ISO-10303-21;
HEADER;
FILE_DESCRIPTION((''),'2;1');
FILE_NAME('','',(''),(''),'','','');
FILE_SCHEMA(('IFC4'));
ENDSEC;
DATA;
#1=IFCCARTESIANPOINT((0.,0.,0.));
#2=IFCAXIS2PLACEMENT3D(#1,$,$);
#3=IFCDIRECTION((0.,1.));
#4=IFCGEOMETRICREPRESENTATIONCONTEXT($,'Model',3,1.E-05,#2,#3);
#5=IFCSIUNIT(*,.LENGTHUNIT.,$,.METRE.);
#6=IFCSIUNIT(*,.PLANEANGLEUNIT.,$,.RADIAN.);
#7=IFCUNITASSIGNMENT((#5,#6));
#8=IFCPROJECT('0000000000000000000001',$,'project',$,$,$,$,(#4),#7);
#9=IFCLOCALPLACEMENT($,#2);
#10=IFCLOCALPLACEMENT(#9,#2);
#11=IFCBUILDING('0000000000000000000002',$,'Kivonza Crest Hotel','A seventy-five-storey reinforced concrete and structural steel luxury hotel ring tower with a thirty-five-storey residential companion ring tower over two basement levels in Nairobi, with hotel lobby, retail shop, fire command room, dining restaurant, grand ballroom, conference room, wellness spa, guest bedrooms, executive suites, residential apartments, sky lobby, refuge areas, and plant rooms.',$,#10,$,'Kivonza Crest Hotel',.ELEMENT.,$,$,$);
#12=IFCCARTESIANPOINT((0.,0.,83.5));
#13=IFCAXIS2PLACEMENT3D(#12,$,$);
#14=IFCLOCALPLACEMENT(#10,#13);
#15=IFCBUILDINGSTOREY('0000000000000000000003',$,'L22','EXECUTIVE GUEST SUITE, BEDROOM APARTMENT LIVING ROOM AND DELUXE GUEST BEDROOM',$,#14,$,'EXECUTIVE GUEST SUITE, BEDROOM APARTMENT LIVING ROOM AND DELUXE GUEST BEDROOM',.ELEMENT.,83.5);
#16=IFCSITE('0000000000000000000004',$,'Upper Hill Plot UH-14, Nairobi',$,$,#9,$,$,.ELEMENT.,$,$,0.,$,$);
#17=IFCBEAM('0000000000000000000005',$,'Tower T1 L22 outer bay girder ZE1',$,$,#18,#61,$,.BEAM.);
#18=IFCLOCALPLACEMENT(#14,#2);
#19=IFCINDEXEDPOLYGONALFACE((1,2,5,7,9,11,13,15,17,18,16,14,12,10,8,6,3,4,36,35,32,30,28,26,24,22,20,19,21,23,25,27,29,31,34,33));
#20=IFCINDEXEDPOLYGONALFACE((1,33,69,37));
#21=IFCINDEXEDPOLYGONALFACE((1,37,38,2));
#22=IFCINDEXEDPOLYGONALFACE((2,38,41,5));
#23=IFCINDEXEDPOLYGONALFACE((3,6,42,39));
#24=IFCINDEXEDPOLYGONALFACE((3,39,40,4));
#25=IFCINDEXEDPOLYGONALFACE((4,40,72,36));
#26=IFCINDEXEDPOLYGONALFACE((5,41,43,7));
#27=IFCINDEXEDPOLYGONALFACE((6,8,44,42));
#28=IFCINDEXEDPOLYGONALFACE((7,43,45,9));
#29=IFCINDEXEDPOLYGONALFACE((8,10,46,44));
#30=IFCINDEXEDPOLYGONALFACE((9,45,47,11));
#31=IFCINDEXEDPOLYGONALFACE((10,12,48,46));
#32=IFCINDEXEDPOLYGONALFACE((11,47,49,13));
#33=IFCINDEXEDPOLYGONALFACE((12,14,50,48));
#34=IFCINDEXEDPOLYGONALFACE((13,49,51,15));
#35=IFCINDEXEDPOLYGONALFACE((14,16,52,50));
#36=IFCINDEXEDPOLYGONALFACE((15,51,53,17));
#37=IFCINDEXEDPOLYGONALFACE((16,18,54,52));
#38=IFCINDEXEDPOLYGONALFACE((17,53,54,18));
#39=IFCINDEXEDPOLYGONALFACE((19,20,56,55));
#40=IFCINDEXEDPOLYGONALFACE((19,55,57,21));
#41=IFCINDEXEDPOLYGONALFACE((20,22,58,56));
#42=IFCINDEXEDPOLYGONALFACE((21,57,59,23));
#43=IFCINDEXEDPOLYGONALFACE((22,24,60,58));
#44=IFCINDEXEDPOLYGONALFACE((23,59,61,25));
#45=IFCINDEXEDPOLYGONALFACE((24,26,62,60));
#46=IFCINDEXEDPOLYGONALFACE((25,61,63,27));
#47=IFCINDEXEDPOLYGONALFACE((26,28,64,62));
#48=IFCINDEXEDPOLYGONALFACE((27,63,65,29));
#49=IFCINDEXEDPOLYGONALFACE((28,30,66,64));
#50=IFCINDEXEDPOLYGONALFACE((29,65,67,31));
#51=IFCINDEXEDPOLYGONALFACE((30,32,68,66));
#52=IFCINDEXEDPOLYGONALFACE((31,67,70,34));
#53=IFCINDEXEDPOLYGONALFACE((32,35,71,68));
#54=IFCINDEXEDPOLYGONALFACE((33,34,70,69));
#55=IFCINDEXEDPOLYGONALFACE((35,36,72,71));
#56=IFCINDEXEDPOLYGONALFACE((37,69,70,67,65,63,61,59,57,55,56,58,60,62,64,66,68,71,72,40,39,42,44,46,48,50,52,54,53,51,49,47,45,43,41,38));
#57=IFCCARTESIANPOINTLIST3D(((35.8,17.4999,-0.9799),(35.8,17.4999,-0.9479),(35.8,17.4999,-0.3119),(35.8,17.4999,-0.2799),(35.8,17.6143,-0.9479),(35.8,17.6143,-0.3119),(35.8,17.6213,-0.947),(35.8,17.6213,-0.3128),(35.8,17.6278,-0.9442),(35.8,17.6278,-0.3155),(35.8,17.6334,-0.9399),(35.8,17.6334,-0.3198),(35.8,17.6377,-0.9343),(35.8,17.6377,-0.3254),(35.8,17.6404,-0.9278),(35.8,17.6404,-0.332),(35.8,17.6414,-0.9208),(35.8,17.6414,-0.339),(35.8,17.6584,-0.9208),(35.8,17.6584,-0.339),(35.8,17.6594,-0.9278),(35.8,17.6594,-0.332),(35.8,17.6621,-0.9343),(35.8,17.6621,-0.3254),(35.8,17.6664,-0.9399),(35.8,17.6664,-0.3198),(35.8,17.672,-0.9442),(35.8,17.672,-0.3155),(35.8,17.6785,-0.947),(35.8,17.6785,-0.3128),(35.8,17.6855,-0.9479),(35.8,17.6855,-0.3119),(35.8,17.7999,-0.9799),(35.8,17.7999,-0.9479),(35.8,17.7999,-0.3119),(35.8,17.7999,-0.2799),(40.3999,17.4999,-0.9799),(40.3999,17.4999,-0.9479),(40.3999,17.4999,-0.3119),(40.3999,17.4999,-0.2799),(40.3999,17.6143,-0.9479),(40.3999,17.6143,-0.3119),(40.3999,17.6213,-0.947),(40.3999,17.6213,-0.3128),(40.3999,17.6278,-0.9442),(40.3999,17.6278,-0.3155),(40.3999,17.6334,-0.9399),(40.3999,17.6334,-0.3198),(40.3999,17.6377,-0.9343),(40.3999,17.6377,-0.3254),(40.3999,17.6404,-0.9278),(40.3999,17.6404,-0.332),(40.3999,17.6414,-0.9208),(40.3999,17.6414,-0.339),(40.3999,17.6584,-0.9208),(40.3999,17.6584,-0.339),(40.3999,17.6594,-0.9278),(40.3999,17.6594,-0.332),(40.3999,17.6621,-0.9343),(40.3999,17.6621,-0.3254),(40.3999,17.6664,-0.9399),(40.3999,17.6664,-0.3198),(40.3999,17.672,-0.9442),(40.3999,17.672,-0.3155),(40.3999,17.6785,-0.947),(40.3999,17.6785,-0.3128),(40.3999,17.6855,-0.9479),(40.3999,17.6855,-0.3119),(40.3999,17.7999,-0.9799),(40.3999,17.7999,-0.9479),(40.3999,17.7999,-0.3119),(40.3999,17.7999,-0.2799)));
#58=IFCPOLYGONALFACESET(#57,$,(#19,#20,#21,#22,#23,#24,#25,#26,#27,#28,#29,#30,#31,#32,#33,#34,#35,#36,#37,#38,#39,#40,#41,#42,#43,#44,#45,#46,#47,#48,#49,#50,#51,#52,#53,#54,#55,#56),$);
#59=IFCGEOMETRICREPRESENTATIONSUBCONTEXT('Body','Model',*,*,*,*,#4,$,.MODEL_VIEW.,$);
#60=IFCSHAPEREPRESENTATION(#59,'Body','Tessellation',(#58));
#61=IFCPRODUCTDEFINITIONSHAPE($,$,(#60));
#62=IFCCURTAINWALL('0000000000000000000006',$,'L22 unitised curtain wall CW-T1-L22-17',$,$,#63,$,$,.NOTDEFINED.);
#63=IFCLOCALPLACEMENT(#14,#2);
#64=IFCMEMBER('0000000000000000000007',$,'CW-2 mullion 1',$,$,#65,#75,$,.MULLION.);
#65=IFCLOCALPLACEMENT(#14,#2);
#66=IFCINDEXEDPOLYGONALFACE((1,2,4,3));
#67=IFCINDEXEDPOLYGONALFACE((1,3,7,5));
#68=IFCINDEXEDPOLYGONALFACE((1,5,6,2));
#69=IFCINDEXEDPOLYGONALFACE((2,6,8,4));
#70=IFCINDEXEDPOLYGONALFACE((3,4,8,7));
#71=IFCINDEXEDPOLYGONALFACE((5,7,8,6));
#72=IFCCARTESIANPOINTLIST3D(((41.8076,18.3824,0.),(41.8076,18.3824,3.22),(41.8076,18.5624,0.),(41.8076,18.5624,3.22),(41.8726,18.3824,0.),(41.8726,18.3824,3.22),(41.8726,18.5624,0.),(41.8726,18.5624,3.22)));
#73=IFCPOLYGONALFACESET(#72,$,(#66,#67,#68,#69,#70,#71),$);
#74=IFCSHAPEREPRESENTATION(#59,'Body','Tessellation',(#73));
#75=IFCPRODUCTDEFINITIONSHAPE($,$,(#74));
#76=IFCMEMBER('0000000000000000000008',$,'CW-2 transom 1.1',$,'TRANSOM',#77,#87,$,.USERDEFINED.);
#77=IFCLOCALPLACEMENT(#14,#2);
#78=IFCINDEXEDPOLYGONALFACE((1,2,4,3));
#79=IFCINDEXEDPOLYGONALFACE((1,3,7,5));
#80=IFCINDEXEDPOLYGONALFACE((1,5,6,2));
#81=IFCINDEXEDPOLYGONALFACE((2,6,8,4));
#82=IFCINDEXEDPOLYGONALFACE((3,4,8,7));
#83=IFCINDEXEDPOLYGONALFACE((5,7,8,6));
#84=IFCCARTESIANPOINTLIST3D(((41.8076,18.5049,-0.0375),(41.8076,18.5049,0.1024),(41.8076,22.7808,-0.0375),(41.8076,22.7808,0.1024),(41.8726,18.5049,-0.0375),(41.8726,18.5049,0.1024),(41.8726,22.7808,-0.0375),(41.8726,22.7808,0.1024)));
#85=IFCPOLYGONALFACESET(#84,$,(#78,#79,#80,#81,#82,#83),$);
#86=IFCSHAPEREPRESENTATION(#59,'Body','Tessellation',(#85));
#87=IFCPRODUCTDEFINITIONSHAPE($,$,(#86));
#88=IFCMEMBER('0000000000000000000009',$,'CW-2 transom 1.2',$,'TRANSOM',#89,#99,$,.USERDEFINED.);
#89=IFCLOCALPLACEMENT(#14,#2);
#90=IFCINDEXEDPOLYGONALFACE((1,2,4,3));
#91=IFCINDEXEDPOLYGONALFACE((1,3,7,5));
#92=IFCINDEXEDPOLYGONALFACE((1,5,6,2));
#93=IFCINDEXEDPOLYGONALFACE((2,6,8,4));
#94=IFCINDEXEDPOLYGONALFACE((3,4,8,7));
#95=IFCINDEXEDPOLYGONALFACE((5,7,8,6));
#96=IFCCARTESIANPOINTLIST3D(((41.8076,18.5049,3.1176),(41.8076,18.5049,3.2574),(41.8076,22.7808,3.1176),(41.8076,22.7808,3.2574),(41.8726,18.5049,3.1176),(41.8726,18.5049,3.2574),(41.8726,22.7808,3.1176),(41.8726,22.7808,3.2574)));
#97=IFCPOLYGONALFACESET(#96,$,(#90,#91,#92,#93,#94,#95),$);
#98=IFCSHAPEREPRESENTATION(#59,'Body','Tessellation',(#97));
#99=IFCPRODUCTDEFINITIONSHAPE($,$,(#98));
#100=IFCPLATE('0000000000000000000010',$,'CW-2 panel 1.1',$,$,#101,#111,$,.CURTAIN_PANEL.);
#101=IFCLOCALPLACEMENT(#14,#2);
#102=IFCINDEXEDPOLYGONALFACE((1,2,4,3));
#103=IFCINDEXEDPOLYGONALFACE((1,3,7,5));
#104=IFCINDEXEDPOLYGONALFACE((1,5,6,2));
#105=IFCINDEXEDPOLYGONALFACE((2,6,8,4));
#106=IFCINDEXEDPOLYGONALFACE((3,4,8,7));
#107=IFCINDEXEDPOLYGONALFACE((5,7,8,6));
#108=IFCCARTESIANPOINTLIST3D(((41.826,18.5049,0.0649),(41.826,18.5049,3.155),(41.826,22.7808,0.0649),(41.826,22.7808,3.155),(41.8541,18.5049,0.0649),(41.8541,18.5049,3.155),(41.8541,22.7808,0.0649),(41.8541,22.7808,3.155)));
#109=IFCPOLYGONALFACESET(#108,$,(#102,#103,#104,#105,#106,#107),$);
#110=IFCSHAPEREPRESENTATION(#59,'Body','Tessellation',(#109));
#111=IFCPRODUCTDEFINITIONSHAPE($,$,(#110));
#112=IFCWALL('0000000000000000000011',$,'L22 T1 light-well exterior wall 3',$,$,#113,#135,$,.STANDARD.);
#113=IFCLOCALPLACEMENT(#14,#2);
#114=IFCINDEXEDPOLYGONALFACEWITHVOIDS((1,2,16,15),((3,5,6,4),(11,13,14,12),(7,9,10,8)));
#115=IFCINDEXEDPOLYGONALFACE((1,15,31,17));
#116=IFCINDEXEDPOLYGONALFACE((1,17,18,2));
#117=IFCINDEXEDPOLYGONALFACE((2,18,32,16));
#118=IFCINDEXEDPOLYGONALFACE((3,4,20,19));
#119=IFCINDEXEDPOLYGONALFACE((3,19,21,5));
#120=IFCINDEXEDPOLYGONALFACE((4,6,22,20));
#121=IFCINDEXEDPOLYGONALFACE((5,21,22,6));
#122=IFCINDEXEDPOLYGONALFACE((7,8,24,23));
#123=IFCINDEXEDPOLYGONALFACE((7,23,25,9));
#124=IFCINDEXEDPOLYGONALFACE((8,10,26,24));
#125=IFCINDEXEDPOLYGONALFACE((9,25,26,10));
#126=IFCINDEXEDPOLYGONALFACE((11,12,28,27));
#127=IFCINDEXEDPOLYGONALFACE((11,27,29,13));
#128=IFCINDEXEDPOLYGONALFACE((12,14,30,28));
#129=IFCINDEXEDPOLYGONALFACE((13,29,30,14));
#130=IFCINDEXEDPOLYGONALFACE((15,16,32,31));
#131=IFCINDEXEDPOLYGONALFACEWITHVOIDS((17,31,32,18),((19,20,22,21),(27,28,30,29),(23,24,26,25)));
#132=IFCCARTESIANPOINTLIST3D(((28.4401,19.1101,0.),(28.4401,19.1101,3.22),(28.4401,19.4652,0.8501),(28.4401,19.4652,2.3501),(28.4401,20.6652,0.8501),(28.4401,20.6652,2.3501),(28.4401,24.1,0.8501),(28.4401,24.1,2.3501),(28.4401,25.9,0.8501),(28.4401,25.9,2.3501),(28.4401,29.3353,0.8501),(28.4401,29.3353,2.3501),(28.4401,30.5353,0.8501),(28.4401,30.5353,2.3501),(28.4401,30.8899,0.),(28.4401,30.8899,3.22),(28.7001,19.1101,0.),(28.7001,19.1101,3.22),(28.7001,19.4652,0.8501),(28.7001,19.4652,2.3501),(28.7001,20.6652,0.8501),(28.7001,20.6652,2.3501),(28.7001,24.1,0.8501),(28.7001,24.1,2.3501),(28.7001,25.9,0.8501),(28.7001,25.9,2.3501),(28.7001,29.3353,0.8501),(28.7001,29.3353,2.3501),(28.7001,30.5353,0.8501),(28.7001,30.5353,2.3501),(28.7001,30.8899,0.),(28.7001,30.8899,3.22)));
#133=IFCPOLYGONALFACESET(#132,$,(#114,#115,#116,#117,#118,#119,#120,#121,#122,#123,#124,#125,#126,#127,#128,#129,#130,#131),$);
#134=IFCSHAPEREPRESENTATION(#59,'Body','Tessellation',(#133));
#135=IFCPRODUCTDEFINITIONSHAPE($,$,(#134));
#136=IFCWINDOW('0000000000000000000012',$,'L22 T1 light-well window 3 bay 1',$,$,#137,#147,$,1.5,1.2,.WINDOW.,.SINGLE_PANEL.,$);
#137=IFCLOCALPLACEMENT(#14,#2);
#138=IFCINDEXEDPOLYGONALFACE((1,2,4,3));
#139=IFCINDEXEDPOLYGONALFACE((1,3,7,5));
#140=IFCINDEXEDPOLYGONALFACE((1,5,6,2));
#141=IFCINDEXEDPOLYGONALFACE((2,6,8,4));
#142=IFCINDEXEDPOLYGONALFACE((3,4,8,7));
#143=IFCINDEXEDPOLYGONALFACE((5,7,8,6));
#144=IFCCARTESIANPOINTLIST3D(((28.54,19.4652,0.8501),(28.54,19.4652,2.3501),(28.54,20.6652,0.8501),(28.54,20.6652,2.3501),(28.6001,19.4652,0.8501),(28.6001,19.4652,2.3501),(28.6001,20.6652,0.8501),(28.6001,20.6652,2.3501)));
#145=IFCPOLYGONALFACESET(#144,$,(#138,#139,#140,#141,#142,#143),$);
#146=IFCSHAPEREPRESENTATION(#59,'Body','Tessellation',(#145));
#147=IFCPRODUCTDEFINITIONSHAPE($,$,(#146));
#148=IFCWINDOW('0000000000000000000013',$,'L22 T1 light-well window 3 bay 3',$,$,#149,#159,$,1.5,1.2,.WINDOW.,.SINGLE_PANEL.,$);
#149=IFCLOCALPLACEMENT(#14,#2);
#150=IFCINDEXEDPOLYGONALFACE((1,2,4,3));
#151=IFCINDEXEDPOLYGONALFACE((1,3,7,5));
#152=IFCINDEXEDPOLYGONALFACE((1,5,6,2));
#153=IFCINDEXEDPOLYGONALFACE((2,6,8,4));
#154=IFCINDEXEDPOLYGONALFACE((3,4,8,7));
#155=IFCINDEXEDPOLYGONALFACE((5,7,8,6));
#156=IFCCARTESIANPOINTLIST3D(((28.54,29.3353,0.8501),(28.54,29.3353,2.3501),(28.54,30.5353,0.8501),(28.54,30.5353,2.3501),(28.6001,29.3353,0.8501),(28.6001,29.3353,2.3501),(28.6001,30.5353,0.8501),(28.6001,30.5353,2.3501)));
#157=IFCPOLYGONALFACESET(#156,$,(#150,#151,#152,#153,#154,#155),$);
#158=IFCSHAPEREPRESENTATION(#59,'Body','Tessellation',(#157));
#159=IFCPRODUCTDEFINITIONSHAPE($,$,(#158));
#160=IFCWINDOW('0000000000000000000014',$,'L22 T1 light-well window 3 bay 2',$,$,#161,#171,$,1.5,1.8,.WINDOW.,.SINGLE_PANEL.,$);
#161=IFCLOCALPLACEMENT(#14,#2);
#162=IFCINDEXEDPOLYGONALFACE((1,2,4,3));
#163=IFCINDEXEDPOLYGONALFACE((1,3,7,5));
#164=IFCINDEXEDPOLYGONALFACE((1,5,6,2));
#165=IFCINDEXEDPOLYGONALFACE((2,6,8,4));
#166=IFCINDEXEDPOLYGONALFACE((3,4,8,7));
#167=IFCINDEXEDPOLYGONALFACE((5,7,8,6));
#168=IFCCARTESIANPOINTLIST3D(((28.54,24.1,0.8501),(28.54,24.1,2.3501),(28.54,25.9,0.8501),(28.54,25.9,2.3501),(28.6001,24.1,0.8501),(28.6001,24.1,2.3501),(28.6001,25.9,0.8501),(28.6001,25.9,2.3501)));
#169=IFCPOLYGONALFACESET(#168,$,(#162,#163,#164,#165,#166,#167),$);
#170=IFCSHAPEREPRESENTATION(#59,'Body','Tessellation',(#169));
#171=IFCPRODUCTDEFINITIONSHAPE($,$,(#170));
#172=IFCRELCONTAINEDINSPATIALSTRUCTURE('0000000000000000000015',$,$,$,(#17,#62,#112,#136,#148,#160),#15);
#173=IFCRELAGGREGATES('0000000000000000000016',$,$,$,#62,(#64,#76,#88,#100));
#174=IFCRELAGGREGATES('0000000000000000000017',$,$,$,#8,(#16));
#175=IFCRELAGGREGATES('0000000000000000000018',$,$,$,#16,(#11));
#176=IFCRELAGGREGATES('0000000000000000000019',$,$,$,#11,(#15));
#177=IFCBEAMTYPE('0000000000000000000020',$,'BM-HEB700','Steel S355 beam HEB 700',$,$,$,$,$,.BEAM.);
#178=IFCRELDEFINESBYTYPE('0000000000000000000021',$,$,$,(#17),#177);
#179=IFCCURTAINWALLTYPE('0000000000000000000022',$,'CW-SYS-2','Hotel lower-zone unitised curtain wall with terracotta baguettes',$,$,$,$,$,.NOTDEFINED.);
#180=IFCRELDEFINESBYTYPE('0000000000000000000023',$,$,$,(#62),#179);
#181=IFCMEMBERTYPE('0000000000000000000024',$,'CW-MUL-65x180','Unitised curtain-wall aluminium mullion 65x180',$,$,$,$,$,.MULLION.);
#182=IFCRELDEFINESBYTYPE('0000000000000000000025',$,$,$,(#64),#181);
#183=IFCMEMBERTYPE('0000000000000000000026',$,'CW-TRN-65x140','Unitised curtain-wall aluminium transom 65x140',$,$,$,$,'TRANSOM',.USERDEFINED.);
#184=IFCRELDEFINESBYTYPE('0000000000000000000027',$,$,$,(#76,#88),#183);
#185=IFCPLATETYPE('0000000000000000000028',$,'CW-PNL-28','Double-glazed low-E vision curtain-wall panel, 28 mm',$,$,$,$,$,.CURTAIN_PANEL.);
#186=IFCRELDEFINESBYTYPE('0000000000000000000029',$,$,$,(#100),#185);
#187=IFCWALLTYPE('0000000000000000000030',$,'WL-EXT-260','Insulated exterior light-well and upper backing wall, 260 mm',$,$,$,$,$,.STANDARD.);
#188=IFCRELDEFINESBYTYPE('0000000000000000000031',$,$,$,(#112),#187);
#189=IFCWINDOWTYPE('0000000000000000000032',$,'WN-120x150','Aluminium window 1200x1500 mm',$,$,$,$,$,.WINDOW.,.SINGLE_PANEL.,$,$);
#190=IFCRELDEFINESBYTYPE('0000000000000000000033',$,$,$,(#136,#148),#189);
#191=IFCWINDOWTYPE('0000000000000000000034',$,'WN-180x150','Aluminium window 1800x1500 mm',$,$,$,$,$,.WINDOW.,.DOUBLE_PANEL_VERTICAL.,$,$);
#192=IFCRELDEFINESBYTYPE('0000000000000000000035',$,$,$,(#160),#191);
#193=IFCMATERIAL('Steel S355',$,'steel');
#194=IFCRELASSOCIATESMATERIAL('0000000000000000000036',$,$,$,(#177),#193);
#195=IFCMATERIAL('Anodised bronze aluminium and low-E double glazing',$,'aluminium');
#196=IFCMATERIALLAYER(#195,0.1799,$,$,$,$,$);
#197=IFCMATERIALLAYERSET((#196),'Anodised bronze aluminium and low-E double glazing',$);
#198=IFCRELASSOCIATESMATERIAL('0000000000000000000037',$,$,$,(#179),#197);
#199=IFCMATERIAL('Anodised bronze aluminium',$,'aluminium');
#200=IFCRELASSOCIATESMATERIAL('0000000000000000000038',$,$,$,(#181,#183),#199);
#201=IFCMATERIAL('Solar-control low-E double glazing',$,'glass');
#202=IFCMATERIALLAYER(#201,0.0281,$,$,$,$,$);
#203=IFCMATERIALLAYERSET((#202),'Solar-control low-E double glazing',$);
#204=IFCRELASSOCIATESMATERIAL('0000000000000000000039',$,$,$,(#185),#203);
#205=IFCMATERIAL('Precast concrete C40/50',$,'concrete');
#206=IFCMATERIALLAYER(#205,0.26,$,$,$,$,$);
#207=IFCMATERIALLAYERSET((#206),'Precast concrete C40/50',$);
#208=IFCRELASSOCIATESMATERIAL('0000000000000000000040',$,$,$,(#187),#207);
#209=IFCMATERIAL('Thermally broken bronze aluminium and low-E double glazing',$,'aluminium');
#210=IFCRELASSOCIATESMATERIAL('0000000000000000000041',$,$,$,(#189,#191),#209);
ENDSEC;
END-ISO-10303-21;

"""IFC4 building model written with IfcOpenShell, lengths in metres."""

from ifc_helpers import new_model, si_unit, direction, frame, frame_2d, origin, origin_2d, place, context, subcontext, project, spatial, rectangle, i_section, extrude, material, layer, layer_set, material_profile, profile_set, type_object, element, fill, aggregate, save


model = new_model("IFC4")

# Units and contexts
model_context = context("Model", 3, precision=1e-05, world=origin(), true_north=direction((0.0, 1.0)))
body_context = subcontext(model_context, "Body", "Model", "MODEL_VIEW")
ifc_project = project(units=[si_unit("LENGTHUNIT", "METRE"), si_unit("PLANEANGLEUNIT", "RADIAN")], contexts=[model_context])

# Site, building, storey
site_placement = place(None, origin())
site = spatial("IfcSite", under=ifc_project, at=site_placement, Name="Upper Hill Plot UH-14, Nairobi", CompositionType="ELEMENT", RefElevation=0.0)
building_placement = place(site_placement, origin())
building = spatial("IfcBuilding", under=site, at=building_placement, Name="Kivonza Crest Hotel", Description="A seventy-five-storey reinforced concrete and structural steel luxury hotel ring tower with a thirty-five-storey residential companion ring tower over two basement levels in Nairobi, with hotel lobby, retail shop, fire command room, dining restaurant, grand ballroom, conference room, wellness spa, guest bedrooms, executive suites, residential apartments, sky lobby, refuge areas, and plant rooms.", LongName="Kivonza Crest Hotel", CompositionType="ELEMENT")
storey_placement = place(building_placement, frame((0.0, 0.0, 83.5)))
storey = spatial("IfcBuildingStorey", under=building, at=storey_placement, Name="L22", Description="EXECUTIVE GUEST SUITE, BEDROOM APARTMENT LIVING ROOM AND DELUXE GUEST BEDROOM", LongName="EXECUTIVE GUEST SUITE, BEDROOM APARTMENT LIVING ROOM AND DELUXE GUEST BEDROOM", CompositionType="ELEMENT", Elevation=83.5)

# Beam
ifc_material_1 = material(Name="Steel S355", Category="steel")
ifc_material_profile_1 = material_profile(ifc_material_1, i_section(OverallWidth=0.3, OverallDepth=0.7, WebThickness=0.0171, FlangeThickness=0.032, FilletRadius=0.0271, at=origin_2d()), Name="HEB 700")
ifc_profile_set_1 = profile_set([ifc_material_profile_1], Name="Steel S355")
beam_type_1 = type_object("IfcBeamType", Name="BM-HEB700", Description="Steel S355 beam HEB 700", PredefinedType="BEAM", material=ifc_profile_set_1)
beam_1_placement = place(storey_placement, frame((40.3999, 17.6499, -0.6299), z_axis=(-1.0, 0.0, 0.0), x_axis=(0.0, -1.0, 0.0)))
element("IfcBeam", 1, at=beam_1_placement, inside=storey, type_object=beam_type_1, Name="Tower T1 L22 outer bay girder ZE1", PredefinedType="BEAM", context=body_context, shape_type="SweptSolid", body=[
    extrude(i_section(OverallWidth=0.3, OverallDepth=0.7, WebThickness=0.0171, FlangeThickness=0.032, FilletRadius=0.0271, at=origin_2d()), origin(), (0.0, 0.0, 1.0), 4.5999),
])

# Curtain wall, members, plate
ifc_material_2 = material(Name="Anodised bronze aluminium and low-E double glazing", Category="aluminium")
ifc_layer_1 = layer(ifc_material_2, 0.1799)
ifc_layer_set_1 = layer_set([ifc_layer_1], Name="Anodised bronze aluminium and low-E double glazing")
curtain_wall_type = type_object("IfcCurtainWallType", Name="CW-SYS-2", Description="Hotel lower-zone unitised curtain wall with terracotta baguettes", PredefinedType="NOTDEFINED", material=ifc_layer_set_1)
curtain_wall_placement = place(storey_placement, origin())
curtain_wall = element("IfcCurtainWall", 2, at=curtain_wall_placement, inside=storey, type_object=curtain_wall_type, Name="L22 unitised curtain wall CW-T1-L22-17", PredefinedType="NOTDEFINED")
ifc_material_3 = material(Name="Anodised bronze aluminium", Category="aluminium")
ifc_material_profile_2 = material_profile(ifc_material_3, rectangle(XDim=0.0649, YDim=0.1799, at=origin_2d()), Name="CW-M 65x180")
ifc_profile_set_2 = profile_set([ifc_material_profile_2], Name="Anodised bronze aluminium")
member_type_1 = type_object("IfcMemberType", Name="CW-MUL-65x180", Description="Unitised curtain-wall aluminium mullion 65x180", PredefinedType="MULLION", material=ifc_profile_set_2)
member_1_placement = place(storey_placement, frame((41.8401, 18.4724, 0.0), z_axis=(0.0, 0.0, 1.0), x_axis=(-1.0, 0.0, 0.0)))
member_1 = element("IfcMember", 3, at=member_1_placement, type_object=member_type_1, Name="CW-2 mullion 1", PredefinedType="MULLION", context=body_context, shape_type="SweptSolid", body=[
    extrude(rectangle(XDim=0.0649, YDim=0.1799, at=origin_2d()), origin(), (0.0, 0.0, 1.0), 3.22),
])
ifc_material_profile_3 = material_profile(ifc_material_3, rectangle(XDim=0.0649, YDim=0.1399, at=origin_2d()), Name="CW-T 65x140")
ifc_profile_set_3 = profile_set([ifc_material_profile_3], Name="Anodised bronze aluminium")
member_type_2 = type_object("IfcMemberType", Name="CW-TRN-65x140", Description="Unitised curtain-wall aluminium transom 65x140", ElementType="TRANSOM", PredefinedType="USERDEFINED", material=ifc_profile_set_3)
member_2_placement = place(storey_placement, frame((41.8401, 18.5049, 0.0325), z_axis=(0.0, 1.0, 0.0), x_axis=(-1.0, 0.0, 0.0)))
member_2 = element("IfcMember", 4, at=member_2_placement, type_object=member_type_2, Name="CW-2 transom 1.1", ObjectType="TRANSOM", PredefinedType="USERDEFINED", context=body_context, shape_type="SweptSolid", body=[
    extrude(rectangle(XDim=0.0649, YDim=0.1399, at=origin_2d()), origin(), (0.0, 0.0, 1.0), 4.2759),
])
member_3_placement = place(storey_placement, frame((41.8401, 18.5049, 3.1875), z_axis=(0.0, 1.0, 0.0), x_axis=(-1.0, 0.0, 0.0)))
member_3 = element("IfcMember", 5, at=member_3_placement, type_object=member_type_2, Name="CW-2 transom 1.2", ObjectType="TRANSOM", PredefinedType="USERDEFINED", context=body_context, shape_type="SweptSolid", body=[
    extrude(rectangle(XDim=0.0649, YDim=0.1399, at=origin_2d()), origin(), (0.0, 0.0, 1.0), 4.2759),
])
ifc_material_4 = material(Name="Solar-control low-E double glazing", Category="glass")
ifc_layer_2 = layer(ifc_material_4, 0.0281)
ifc_layer_set_2 = layer_set([ifc_layer_2], Name="Solar-control low-E double glazing")
plate_type = type_object("IfcPlateType", Name="CW-PNL-28", Description="Double-glazed low-E vision curtain-wall panel, 28 mm", PredefinedType="CURTAIN_PANEL", material=ifc_layer_set_2)
plate_placement = place(storey_placement, frame((41.8401, 20.6428, 0.0649), z_axis=(0.0, 0.0, 1.0), x_axis=(0.0, 1.0, 0.0)))
plate = element("IfcPlate", 6, at=plate_placement, type_object=plate_type, Name="CW-2 panel 1.1", PredefinedType="CURTAIN_PANEL", context=body_context, shape_type="SweptSolid", body=[
    extrude(rectangle(XDim=4.2759, YDim=0.0281, at=origin_2d()), origin(), (0.0, 0.0, 1.0), 3.0901),
])
aggregate(curtain_wall, [member_1, member_2, member_3, plate])

# Wall, openings, windows
ifc_material_5 = material(Name="Precast concrete C40/50", Category="concrete")
ifc_layer_3 = layer(ifc_material_5, 0.26)
ifc_layer_set_3 = layer_set([ifc_layer_3], Name="Precast concrete C40/50")
wall_type = type_object("IfcWallType", Name="WL-EXT-260", Description="Insulated exterior light-well and upper backing wall, 260 mm", PredefinedType="STANDARD", material=ifc_layer_set_3)
wall_placement = place(storey_placement, frame((28.5701, 19.1101, 0.0), z_axis=(0.0, 0.0, 1.0), x_axis=(0.0, 1.0, 0.0)))
wall = element("IfcWall", 7, at=wall_placement, inside=storey, type_object=wall_type, Name="L22 T1 light-well exterior wall 3", PredefinedType="STANDARD", context=body_context, shape_type="SweptSolid", body=[
    extrude(rectangle(XDim=11.7798, YDim=0.26, at=frame_2d((5.8899, 0.0))), origin(), (0.0, 0.0, 1.0), 3.22),
])
opening_1_placement = place(wall_placement, frame((0.355, 0.0, 0.8501)))
opening_1 = element("IfcOpeningElement", 8, at=opening_1_placement, cuts=wall, PredefinedType="OPENING", context=body_context, shape_type="SweptSolid", body=[
    extrude(rectangle(XDim=1.2, YDim=1.5, at=frame_2d((0.6001, 0.75))), frame((0.0, 0.1401, 0.0), z_axis=(0.0, -1.0, 0.0), x_axis=(1.0, 0.0, 0.0)), (0.0, 0.0, 1.0), 0.28),
])
opening_2_placement = place(wall_placement, frame((4.99, 0.0, 0.8501)))
opening_2 = element("IfcOpeningElement", 9, at=opening_2_placement, cuts=wall, PredefinedType="OPENING", context=body_context, shape_type="SweptSolid", body=[
    extrude(rectangle(XDim=1.8, YDim=1.5, at=frame_2d((0.8999, 0.75))), frame((0.0, 0.1401, 0.0), z_axis=(0.0, -1.0, 0.0), x_axis=(1.0, 0.0, 0.0)), (0.0, 0.0, 1.0), 0.28),
])
opening_3_placement = place(wall_placement, frame((10.2251, 0.0, 0.8501)))
opening_3 = element("IfcOpeningElement", 10, at=opening_3_placement, cuts=wall, PredefinedType="OPENING", context=body_context, shape_type="SweptSolid", body=[
    extrude(rectangle(XDim=1.2, YDim=1.5, at=frame_2d((0.6001, 0.75))), frame((0.0, 0.1401, 0.0), z_axis=(0.0, -1.0, 0.0), x_axis=(1.0, 0.0, 0.0)), (0.0, 0.0, 1.0), 0.28),
])
ifc_material_6 = material(Name="Thermally broken bronze aluminium and low-E double glazing", Category="aluminium")
window_type_1 = type_object("IfcWindowType", Name="WN-120x150", Description="Aluminium window 1200x1500 mm", PartitioningType="SINGLE_PANEL", PredefinedType="WINDOW", material=ifc_material_6)
window_1_placement = place(opening_1_placement, origin())
window_1 = element("IfcWindow", 11, at=window_1_placement, inside=storey, type_object=window_type_1, Name="L22 T1 light-well window 3 bay 1", OverallHeight=1.5, OverallWidth=1.2, PartitioningType="SINGLE_PANEL", PredefinedType="WINDOW", context=body_context, shape_type="SweptSolid", body=[
    extrude(rectangle(XDim=1.2, YDim=1.5, at=frame_2d((0.6001, 0.75))), frame((0.0, 0.03, 0.0), z_axis=(0.0, -1.0, 0.0), x_axis=(1.0, 0.0, 0.0)), (0.0, 0.0, 1.0), 0.0601),
])
fill(opening_1, window_1)
window_2_placement = place(opening_3_placement, origin())
window_2 = element("IfcWindow", 12, at=window_2_placement, inside=storey, type_object=window_type_1, Name="L22 T1 light-well window 3 bay 3", OverallHeight=1.5, OverallWidth=1.2, PartitioningType="SINGLE_PANEL", PredefinedType="WINDOW", context=body_context, shape_type="SweptSolid", body=[
    extrude(rectangle(XDim=1.2, YDim=1.5, at=frame_2d((0.6001, 0.75))), frame((0.0, 0.03, 0.0), z_axis=(0.0, -1.0, 0.0), x_axis=(1.0, 0.0, 0.0)), (0.0, 0.0, 1.0), 0.0601),
])
fill(opening_3, window_2)
window_type_2 = type_object("IfcWindowType", Name="WN-180x150", Description="Aluminium window 1800x1500 mm", PartitioningType="DOUBLE_PANEL_VERTICAL", PredefinedType="WINDOW", material=ifc_material_6)
window_3_placement = place(opening_2_placement, origin())
window_3 = element("IfcWindow", 13, at=window_3_placement, inside=storey, type_object=window_type_2, Name="L22 T1 light-well window 3 bay 2", OverallHeight=1.5, OverallWidth=1.8, PartitioningType="SINGLE_PANEL", PredefinedType="WINDOW", context=body_context, shape_type="SweptSolid", body=[
    extrude(rectangle(XDim=1.8, YDim=1.5, at=frame_2d((0.8999, 0.75))), frame((0.0, 0.03, 0.0), z_axis=(0.0, -1.0, 0.0), x_axis=(1.0, 0.0, 0.0)), (0.0, 0.0, 1.0), 0.0601),
])
fill(opening_2, window_3)

save(model, "model.ifc")
